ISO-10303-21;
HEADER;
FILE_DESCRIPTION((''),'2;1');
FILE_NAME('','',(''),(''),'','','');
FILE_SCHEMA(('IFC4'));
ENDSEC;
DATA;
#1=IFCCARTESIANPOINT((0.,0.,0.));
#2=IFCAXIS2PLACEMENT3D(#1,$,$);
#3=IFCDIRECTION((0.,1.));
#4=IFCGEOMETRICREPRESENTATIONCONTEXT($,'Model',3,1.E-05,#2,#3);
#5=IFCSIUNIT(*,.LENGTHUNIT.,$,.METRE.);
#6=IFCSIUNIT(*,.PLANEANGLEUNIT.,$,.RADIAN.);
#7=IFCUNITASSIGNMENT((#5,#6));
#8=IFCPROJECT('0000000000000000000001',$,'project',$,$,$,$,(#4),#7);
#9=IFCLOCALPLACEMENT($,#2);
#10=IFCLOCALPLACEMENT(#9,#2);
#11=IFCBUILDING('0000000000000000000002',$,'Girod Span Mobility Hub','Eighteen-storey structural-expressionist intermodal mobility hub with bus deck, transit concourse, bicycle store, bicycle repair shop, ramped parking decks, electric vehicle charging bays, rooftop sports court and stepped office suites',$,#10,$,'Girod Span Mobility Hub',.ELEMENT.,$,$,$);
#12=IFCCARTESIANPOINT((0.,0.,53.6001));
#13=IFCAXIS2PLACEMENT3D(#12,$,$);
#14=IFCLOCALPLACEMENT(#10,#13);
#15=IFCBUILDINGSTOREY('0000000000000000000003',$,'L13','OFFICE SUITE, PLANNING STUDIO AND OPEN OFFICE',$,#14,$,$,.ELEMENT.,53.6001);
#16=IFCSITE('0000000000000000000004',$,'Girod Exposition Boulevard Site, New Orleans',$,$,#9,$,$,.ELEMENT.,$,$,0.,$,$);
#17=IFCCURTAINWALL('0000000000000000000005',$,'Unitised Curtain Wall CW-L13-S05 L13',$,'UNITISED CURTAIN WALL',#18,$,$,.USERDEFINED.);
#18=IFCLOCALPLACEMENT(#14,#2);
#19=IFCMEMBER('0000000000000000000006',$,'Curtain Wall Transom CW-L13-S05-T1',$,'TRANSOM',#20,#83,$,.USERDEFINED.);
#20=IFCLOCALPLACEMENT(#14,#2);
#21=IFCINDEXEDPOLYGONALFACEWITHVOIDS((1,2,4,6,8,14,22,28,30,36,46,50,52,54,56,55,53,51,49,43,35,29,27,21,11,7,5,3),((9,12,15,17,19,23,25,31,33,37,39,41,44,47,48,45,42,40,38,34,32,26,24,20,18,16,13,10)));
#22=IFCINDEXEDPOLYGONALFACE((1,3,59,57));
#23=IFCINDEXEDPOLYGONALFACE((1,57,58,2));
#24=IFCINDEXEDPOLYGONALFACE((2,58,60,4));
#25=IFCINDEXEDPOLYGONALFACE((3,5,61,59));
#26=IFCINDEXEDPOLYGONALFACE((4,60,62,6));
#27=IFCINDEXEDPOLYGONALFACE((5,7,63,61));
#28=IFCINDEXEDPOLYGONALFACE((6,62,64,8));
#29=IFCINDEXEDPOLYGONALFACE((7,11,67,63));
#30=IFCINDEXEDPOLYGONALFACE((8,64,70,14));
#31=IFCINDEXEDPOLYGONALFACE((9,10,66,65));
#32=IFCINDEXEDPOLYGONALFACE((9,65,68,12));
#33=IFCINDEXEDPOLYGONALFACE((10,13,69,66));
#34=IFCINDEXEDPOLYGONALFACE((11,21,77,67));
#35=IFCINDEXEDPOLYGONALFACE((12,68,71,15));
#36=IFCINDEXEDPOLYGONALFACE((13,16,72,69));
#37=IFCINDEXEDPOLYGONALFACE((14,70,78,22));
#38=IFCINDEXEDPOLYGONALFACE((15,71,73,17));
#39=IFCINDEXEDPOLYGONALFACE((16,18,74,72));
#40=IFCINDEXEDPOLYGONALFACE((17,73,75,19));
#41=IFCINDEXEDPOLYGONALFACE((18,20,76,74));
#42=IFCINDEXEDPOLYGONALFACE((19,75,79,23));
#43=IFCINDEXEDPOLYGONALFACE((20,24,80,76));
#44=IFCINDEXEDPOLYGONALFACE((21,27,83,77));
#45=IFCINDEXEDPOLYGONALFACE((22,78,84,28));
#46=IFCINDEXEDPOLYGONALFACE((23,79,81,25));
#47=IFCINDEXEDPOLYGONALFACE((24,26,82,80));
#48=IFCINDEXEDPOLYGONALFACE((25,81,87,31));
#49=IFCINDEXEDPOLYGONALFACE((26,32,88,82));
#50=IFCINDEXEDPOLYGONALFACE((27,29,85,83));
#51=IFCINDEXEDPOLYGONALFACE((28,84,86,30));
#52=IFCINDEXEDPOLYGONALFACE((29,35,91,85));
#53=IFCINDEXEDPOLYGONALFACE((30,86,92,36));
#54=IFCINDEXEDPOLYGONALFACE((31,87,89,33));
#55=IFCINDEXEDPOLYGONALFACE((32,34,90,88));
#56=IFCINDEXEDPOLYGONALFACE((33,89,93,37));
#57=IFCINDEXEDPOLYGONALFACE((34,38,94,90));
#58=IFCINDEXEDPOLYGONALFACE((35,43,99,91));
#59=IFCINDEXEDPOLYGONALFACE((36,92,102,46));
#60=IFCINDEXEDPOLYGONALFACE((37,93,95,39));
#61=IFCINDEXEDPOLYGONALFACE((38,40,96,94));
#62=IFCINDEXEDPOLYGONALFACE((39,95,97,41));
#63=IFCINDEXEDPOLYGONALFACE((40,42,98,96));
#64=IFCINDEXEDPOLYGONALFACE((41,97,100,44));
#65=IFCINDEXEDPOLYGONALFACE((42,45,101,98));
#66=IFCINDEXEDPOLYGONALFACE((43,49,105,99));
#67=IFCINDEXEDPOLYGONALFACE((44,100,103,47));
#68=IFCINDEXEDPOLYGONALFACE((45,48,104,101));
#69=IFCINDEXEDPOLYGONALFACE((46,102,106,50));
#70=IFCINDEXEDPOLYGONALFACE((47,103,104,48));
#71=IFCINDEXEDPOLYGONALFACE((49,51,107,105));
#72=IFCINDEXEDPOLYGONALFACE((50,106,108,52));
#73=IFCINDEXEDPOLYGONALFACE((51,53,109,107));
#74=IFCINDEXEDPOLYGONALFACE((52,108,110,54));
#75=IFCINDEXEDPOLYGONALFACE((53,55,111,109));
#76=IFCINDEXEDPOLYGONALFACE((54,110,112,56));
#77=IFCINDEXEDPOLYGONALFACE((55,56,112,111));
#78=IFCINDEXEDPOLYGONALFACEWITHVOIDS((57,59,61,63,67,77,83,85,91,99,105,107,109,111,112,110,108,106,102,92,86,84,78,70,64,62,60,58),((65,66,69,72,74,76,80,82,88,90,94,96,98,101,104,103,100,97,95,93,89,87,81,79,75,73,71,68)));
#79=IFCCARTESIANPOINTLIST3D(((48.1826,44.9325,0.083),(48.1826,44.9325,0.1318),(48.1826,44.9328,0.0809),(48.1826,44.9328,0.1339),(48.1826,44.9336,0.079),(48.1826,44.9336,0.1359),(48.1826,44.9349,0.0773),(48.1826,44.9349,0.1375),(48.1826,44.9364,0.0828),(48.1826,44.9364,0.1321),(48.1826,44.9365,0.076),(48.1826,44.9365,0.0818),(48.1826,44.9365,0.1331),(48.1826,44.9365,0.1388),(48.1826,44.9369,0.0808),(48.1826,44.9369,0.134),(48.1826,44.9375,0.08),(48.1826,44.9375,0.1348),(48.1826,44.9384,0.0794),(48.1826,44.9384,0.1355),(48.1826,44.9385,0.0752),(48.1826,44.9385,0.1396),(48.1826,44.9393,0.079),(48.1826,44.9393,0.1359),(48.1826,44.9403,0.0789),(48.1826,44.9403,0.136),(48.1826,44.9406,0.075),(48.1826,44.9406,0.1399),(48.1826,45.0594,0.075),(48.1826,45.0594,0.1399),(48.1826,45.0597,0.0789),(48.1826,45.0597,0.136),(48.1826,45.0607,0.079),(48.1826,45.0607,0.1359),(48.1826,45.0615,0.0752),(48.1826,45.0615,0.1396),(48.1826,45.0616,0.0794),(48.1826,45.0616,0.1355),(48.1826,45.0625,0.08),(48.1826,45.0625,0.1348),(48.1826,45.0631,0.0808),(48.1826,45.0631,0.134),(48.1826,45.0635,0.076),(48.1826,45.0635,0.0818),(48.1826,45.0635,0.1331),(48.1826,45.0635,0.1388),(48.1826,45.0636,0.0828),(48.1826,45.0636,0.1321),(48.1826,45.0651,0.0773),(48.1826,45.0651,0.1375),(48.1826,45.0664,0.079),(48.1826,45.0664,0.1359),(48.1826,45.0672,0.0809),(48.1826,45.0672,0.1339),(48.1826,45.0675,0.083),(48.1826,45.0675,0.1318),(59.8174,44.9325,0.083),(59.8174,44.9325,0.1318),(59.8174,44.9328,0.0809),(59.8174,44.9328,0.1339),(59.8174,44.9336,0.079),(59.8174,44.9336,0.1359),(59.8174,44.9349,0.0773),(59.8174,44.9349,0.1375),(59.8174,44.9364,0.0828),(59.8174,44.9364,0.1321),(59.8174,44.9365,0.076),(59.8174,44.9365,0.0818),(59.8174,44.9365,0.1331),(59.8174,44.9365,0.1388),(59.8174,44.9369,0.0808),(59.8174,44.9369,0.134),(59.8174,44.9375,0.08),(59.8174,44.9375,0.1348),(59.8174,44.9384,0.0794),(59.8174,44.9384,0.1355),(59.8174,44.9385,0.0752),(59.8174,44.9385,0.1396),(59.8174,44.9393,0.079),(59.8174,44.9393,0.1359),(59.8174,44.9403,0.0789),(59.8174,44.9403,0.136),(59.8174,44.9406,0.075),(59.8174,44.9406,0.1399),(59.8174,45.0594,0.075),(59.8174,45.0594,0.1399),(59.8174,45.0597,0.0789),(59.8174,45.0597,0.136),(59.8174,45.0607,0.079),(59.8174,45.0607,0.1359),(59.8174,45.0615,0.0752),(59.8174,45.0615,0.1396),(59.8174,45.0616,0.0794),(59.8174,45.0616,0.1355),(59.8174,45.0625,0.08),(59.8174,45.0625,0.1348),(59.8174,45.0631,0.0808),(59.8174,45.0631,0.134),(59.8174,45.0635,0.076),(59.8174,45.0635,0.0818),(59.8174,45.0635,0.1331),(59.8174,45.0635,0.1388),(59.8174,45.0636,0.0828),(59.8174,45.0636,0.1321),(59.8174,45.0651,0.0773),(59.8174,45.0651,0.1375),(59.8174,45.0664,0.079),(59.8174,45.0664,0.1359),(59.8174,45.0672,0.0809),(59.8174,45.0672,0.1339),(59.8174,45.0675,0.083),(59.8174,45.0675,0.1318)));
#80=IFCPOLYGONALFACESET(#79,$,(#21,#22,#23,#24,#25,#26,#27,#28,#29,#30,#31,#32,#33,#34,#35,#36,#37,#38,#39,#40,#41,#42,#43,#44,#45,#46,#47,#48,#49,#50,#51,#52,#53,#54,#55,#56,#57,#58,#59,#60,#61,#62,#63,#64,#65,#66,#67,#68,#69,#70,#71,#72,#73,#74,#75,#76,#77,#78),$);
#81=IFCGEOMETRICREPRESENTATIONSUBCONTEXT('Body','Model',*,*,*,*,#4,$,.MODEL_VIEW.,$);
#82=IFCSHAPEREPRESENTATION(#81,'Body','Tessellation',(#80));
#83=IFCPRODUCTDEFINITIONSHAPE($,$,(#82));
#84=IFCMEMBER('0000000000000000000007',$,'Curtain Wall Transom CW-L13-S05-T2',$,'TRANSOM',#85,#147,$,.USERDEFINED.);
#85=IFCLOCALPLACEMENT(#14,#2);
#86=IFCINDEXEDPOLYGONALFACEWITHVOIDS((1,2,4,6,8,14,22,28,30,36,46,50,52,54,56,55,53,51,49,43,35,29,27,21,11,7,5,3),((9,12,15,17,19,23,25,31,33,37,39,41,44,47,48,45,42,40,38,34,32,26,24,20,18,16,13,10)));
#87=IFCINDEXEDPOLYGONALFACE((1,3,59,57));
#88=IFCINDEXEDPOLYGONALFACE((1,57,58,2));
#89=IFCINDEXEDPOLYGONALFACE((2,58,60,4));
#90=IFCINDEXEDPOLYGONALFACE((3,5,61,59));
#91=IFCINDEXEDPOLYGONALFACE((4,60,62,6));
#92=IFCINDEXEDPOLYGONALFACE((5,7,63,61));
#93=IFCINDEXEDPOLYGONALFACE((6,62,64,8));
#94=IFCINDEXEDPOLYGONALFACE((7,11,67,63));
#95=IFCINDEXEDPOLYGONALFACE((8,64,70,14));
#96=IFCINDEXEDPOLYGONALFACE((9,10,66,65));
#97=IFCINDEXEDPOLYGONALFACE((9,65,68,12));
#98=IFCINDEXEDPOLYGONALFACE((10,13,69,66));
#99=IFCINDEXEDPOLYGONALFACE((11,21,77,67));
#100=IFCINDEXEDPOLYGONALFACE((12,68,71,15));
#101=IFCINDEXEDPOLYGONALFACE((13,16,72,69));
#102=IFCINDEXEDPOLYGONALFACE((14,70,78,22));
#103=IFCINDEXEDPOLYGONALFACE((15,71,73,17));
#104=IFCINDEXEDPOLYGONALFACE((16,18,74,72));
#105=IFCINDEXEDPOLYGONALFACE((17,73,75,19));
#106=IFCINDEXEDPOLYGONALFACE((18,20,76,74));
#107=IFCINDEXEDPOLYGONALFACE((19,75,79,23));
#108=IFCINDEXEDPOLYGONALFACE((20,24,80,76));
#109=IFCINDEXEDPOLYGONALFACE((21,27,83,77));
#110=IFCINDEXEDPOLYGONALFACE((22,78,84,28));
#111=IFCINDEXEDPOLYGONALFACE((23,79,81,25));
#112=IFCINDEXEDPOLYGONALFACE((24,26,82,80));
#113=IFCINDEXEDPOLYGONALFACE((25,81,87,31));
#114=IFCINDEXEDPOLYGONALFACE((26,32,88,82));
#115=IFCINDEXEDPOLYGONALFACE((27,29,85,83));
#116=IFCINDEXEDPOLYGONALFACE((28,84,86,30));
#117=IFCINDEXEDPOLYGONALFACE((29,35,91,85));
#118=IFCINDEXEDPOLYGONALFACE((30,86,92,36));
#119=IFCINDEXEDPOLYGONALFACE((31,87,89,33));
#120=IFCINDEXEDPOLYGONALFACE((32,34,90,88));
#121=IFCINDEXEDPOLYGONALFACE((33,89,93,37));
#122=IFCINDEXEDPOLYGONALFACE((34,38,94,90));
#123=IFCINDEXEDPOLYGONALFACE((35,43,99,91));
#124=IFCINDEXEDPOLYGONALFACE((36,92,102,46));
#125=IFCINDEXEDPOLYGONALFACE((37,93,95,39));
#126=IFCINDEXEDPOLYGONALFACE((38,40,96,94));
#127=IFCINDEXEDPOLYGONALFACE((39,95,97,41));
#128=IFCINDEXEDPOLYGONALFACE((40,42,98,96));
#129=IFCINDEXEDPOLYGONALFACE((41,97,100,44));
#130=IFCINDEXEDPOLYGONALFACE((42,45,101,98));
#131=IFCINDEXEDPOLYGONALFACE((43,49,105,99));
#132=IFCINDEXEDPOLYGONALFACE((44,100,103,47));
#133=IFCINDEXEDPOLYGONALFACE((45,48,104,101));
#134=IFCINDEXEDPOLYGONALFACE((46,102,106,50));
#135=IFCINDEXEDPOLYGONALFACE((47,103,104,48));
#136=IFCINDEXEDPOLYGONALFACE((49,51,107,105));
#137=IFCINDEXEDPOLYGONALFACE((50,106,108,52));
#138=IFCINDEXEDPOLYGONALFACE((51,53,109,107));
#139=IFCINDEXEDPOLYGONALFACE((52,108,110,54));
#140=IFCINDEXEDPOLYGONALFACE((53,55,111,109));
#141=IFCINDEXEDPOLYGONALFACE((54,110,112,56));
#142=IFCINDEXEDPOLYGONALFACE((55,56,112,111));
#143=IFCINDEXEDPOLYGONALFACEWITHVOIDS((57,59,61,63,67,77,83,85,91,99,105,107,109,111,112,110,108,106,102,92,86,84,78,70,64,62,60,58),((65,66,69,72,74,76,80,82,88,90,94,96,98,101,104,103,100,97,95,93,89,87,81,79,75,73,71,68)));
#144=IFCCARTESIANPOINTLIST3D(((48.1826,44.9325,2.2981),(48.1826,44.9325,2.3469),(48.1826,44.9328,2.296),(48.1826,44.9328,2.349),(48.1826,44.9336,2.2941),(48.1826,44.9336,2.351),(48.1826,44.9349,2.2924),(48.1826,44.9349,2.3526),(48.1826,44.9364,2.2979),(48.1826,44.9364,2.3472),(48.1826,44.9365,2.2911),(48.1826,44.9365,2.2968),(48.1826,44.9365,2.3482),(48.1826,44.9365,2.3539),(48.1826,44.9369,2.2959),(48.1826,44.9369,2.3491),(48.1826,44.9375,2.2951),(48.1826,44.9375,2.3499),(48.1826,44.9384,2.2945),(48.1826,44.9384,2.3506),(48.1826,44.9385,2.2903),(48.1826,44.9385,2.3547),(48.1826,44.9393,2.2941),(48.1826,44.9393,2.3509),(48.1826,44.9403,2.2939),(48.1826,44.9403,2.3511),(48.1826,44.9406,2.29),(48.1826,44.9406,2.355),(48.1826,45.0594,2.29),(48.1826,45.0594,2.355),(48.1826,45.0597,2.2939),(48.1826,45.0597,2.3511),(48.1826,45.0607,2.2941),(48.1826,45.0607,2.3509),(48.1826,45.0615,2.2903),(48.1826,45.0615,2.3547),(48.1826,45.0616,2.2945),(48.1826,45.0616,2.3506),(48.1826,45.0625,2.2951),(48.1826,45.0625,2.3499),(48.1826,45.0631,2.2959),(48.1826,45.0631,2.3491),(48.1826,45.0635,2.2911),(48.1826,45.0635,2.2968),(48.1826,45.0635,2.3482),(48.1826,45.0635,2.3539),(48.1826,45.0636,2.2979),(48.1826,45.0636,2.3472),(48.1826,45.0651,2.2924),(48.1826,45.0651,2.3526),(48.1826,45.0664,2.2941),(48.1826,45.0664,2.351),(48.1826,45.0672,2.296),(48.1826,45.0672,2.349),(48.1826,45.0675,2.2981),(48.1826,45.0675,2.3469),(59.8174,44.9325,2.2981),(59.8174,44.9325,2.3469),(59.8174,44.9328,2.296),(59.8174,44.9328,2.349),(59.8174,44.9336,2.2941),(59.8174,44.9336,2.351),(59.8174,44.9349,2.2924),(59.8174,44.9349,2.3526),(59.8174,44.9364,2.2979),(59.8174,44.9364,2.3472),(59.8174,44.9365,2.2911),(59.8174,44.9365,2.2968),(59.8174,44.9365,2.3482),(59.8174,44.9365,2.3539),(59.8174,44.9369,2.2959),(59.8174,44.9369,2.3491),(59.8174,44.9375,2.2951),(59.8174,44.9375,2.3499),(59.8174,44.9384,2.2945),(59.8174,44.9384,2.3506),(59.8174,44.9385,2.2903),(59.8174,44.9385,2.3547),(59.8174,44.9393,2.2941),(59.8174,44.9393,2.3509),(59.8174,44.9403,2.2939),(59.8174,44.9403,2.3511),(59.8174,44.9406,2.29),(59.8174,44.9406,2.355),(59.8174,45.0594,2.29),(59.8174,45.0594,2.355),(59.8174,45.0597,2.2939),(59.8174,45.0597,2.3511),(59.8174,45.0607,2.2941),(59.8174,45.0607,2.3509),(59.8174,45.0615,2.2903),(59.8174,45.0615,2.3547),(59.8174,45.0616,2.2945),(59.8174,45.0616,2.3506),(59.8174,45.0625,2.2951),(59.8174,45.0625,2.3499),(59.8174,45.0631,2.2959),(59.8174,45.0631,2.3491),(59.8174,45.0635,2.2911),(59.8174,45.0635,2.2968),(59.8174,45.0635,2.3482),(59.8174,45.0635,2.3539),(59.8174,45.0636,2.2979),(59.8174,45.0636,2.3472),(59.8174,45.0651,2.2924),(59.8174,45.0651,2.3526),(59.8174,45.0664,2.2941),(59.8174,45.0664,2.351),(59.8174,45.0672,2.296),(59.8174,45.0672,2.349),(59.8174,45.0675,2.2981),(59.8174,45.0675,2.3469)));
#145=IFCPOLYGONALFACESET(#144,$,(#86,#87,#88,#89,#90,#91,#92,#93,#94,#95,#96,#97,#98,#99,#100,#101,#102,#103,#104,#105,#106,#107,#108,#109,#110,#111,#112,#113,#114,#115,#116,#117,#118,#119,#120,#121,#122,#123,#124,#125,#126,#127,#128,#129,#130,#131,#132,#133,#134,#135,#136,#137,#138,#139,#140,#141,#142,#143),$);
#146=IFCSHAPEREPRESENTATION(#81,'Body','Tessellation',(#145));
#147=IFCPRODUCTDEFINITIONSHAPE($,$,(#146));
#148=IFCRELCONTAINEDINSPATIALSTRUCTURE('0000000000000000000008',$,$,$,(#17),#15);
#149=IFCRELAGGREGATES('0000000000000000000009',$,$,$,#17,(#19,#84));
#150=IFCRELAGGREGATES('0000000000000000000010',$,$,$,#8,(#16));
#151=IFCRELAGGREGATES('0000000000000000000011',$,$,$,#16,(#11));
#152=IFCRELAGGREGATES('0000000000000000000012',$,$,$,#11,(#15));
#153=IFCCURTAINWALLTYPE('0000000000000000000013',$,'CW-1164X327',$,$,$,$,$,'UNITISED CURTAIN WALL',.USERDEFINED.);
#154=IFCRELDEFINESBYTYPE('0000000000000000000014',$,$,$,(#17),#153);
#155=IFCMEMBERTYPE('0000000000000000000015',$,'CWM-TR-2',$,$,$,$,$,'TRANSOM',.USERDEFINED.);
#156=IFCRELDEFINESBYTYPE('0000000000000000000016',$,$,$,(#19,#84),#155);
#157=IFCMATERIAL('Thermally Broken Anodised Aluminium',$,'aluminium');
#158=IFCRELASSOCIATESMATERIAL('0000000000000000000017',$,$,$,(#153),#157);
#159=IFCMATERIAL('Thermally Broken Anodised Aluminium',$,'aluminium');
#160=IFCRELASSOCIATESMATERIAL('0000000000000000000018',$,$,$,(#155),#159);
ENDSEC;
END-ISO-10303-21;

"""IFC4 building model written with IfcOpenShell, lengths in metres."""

from ifc_helpers import new_model, si_unit, direction, frame, origin, origin_2d, place, context, subcontext, project, spatial, hollow_rectangle, extrude, material, material_profile, profile_set, type_object, element, aggregate, save


model = new_model("IFC4")

# Units and contexts
model_context = context("Model", 3, precision=1e-05, world=origin(), true_north=direction((0.0, 1.0)))
body_context = subcontext(model_context, "Body", "Model", "MODEL_VIEW")
ifc_project = project(units=[si_unit("LENGTHUNIT", "METRE"), si_unit("PLANEANGLEUNIT", "RADIAN")], contexts=[model_context])

# Site, building, storey
site_placement = place(None, origin())
site = spatial("IfcSite", under=ifc_project, at=site_placement, Name="Girod Exposition Boulevard Site, New Orleans", CompositionType="ELEMENT", RefElevation=0.0)
building_placement = place(site_placement, origin())
building = spatial("IfcBuilding", under=site, at=building_placement, Name="Girod Span Mobility Hub", Description="Eighteen-storey structural-expressionist intermodal mobility hub with bus deck, transit concourse, bicycle store, bicycle repair shop, ramped parking decks, electric vehicle charging bays, rooftop sports court and stepped office suites", LongName="Girod Span Mobility Hub", CompositionType="ELEMENT")
storey_placement = place(building_placement, frame((0.0, 0.0, 53.6001)))
storey = spatial("IfcBuildingStorey", under=building, at=storey_placement, Name="L13", Description="OFFICE SUITE, PLANNING STUDIO AND OPEN OFFICE", CompositionType="ELEMENT", Elevation=53.6001)

# Curtain wall, members
ifc_material_1 = material(Name="Thermally Broken Anodised Aluminium", Category="aluminium")
curtain_wall_type = type_object("IfcCurtainWallType", Name="CW-1164X327", ElementType="UNITISED CURTAIN WALL", PredefinedType="USERDEFINED", material=ifc_material_1)
curtain_wall_placement = place(storey_placement, origin())
curtain_wall = element("IfcCurtainWall", 1, at=curtain_wall_placement, inside=storey, type_object=curtain_wall_type, Name="Unitised Curtain Wall CW-L13-S05 L13", ObjectType="UNITISED CURTAIN WALL", PredefinedType="USERDEFINED")
ifc_material_2 = material(Name="Thermally Broken Anodised Aluminium", Category="aluminium")
ifc_material_profile_1 = material_profile(ifc_material_2, hollow_rectangle(XDim=0.135, YDim=0.0649, WallThickness=0.0039, InnerFilletRadius=0.0039, OuterFilletRadius=0.0081, at=origin_2d()), Name="CW-TR-65X135")
ifc_profile_set_1 = profile_set([ifc_material_profile_1], Name="Thermally Broken Anodised Aluminium")
member_type_1 = type_object("IfcMemberType", Name="CWM-TR-2", ElementType="TRANSOM", PredefinedType="USERDEFINED", material=ifc_profile_set_1)
member_1_placement = place(storey_placement, frame((48.1826, 45.0, 0.1074), z_axis=(1.0, 0.0, 0.0), x_axis=(0.0, 1.0, 0.0)))
member_1 = element("IfcMember", 2, at=member_1_placement, type_object=member_type_1, Name="Curtain Wall Transom CW-L13-S05-T1", ObjectType="TRANSOM", PredefinedType="USERDEFINED", context=body_context, shape_type="SweptSolid", body=[
    extrude(hollow_rectangle(XDim=0.135, YDim=0.0649, WallThickness=0.0039, InnerFilletRadius=0.0039, OuterFilletRadius=0.0081, at=origin_2d()), origin(), (0.0, 0.0, 1.0), 11.6348),
])
member_2_placement = place(storey_placement, frame((48.1826, 45.0, 2.3225), z_axis=(1.0, 0.0, 0.0), x_axis=(0.0, 1.0, 0.0)))
member_2 = element("IfcMember", 3, at=member_2_placement, type_object=member_type_1, Name="Curtain Wall Transom CW-L13-S05-T2", ObjectType="TRANSOM", PredefinedType="USERDEFINED", context=body_context, shape_type="SweptSolid", body=[
    extrude(hollow_rectangle(XDim=0.135, YDim=0.0649, WallThickness=0.0039, InnerFilletRadius=0.0039, OuterFilletRadius=0.0081, at=origin_2d()), origin(), (0.0, 0.0, 1.0), 11.6348),
])
aggregate(curtain_wall, [member_1, member_2])

save(model, "model.ifc")
